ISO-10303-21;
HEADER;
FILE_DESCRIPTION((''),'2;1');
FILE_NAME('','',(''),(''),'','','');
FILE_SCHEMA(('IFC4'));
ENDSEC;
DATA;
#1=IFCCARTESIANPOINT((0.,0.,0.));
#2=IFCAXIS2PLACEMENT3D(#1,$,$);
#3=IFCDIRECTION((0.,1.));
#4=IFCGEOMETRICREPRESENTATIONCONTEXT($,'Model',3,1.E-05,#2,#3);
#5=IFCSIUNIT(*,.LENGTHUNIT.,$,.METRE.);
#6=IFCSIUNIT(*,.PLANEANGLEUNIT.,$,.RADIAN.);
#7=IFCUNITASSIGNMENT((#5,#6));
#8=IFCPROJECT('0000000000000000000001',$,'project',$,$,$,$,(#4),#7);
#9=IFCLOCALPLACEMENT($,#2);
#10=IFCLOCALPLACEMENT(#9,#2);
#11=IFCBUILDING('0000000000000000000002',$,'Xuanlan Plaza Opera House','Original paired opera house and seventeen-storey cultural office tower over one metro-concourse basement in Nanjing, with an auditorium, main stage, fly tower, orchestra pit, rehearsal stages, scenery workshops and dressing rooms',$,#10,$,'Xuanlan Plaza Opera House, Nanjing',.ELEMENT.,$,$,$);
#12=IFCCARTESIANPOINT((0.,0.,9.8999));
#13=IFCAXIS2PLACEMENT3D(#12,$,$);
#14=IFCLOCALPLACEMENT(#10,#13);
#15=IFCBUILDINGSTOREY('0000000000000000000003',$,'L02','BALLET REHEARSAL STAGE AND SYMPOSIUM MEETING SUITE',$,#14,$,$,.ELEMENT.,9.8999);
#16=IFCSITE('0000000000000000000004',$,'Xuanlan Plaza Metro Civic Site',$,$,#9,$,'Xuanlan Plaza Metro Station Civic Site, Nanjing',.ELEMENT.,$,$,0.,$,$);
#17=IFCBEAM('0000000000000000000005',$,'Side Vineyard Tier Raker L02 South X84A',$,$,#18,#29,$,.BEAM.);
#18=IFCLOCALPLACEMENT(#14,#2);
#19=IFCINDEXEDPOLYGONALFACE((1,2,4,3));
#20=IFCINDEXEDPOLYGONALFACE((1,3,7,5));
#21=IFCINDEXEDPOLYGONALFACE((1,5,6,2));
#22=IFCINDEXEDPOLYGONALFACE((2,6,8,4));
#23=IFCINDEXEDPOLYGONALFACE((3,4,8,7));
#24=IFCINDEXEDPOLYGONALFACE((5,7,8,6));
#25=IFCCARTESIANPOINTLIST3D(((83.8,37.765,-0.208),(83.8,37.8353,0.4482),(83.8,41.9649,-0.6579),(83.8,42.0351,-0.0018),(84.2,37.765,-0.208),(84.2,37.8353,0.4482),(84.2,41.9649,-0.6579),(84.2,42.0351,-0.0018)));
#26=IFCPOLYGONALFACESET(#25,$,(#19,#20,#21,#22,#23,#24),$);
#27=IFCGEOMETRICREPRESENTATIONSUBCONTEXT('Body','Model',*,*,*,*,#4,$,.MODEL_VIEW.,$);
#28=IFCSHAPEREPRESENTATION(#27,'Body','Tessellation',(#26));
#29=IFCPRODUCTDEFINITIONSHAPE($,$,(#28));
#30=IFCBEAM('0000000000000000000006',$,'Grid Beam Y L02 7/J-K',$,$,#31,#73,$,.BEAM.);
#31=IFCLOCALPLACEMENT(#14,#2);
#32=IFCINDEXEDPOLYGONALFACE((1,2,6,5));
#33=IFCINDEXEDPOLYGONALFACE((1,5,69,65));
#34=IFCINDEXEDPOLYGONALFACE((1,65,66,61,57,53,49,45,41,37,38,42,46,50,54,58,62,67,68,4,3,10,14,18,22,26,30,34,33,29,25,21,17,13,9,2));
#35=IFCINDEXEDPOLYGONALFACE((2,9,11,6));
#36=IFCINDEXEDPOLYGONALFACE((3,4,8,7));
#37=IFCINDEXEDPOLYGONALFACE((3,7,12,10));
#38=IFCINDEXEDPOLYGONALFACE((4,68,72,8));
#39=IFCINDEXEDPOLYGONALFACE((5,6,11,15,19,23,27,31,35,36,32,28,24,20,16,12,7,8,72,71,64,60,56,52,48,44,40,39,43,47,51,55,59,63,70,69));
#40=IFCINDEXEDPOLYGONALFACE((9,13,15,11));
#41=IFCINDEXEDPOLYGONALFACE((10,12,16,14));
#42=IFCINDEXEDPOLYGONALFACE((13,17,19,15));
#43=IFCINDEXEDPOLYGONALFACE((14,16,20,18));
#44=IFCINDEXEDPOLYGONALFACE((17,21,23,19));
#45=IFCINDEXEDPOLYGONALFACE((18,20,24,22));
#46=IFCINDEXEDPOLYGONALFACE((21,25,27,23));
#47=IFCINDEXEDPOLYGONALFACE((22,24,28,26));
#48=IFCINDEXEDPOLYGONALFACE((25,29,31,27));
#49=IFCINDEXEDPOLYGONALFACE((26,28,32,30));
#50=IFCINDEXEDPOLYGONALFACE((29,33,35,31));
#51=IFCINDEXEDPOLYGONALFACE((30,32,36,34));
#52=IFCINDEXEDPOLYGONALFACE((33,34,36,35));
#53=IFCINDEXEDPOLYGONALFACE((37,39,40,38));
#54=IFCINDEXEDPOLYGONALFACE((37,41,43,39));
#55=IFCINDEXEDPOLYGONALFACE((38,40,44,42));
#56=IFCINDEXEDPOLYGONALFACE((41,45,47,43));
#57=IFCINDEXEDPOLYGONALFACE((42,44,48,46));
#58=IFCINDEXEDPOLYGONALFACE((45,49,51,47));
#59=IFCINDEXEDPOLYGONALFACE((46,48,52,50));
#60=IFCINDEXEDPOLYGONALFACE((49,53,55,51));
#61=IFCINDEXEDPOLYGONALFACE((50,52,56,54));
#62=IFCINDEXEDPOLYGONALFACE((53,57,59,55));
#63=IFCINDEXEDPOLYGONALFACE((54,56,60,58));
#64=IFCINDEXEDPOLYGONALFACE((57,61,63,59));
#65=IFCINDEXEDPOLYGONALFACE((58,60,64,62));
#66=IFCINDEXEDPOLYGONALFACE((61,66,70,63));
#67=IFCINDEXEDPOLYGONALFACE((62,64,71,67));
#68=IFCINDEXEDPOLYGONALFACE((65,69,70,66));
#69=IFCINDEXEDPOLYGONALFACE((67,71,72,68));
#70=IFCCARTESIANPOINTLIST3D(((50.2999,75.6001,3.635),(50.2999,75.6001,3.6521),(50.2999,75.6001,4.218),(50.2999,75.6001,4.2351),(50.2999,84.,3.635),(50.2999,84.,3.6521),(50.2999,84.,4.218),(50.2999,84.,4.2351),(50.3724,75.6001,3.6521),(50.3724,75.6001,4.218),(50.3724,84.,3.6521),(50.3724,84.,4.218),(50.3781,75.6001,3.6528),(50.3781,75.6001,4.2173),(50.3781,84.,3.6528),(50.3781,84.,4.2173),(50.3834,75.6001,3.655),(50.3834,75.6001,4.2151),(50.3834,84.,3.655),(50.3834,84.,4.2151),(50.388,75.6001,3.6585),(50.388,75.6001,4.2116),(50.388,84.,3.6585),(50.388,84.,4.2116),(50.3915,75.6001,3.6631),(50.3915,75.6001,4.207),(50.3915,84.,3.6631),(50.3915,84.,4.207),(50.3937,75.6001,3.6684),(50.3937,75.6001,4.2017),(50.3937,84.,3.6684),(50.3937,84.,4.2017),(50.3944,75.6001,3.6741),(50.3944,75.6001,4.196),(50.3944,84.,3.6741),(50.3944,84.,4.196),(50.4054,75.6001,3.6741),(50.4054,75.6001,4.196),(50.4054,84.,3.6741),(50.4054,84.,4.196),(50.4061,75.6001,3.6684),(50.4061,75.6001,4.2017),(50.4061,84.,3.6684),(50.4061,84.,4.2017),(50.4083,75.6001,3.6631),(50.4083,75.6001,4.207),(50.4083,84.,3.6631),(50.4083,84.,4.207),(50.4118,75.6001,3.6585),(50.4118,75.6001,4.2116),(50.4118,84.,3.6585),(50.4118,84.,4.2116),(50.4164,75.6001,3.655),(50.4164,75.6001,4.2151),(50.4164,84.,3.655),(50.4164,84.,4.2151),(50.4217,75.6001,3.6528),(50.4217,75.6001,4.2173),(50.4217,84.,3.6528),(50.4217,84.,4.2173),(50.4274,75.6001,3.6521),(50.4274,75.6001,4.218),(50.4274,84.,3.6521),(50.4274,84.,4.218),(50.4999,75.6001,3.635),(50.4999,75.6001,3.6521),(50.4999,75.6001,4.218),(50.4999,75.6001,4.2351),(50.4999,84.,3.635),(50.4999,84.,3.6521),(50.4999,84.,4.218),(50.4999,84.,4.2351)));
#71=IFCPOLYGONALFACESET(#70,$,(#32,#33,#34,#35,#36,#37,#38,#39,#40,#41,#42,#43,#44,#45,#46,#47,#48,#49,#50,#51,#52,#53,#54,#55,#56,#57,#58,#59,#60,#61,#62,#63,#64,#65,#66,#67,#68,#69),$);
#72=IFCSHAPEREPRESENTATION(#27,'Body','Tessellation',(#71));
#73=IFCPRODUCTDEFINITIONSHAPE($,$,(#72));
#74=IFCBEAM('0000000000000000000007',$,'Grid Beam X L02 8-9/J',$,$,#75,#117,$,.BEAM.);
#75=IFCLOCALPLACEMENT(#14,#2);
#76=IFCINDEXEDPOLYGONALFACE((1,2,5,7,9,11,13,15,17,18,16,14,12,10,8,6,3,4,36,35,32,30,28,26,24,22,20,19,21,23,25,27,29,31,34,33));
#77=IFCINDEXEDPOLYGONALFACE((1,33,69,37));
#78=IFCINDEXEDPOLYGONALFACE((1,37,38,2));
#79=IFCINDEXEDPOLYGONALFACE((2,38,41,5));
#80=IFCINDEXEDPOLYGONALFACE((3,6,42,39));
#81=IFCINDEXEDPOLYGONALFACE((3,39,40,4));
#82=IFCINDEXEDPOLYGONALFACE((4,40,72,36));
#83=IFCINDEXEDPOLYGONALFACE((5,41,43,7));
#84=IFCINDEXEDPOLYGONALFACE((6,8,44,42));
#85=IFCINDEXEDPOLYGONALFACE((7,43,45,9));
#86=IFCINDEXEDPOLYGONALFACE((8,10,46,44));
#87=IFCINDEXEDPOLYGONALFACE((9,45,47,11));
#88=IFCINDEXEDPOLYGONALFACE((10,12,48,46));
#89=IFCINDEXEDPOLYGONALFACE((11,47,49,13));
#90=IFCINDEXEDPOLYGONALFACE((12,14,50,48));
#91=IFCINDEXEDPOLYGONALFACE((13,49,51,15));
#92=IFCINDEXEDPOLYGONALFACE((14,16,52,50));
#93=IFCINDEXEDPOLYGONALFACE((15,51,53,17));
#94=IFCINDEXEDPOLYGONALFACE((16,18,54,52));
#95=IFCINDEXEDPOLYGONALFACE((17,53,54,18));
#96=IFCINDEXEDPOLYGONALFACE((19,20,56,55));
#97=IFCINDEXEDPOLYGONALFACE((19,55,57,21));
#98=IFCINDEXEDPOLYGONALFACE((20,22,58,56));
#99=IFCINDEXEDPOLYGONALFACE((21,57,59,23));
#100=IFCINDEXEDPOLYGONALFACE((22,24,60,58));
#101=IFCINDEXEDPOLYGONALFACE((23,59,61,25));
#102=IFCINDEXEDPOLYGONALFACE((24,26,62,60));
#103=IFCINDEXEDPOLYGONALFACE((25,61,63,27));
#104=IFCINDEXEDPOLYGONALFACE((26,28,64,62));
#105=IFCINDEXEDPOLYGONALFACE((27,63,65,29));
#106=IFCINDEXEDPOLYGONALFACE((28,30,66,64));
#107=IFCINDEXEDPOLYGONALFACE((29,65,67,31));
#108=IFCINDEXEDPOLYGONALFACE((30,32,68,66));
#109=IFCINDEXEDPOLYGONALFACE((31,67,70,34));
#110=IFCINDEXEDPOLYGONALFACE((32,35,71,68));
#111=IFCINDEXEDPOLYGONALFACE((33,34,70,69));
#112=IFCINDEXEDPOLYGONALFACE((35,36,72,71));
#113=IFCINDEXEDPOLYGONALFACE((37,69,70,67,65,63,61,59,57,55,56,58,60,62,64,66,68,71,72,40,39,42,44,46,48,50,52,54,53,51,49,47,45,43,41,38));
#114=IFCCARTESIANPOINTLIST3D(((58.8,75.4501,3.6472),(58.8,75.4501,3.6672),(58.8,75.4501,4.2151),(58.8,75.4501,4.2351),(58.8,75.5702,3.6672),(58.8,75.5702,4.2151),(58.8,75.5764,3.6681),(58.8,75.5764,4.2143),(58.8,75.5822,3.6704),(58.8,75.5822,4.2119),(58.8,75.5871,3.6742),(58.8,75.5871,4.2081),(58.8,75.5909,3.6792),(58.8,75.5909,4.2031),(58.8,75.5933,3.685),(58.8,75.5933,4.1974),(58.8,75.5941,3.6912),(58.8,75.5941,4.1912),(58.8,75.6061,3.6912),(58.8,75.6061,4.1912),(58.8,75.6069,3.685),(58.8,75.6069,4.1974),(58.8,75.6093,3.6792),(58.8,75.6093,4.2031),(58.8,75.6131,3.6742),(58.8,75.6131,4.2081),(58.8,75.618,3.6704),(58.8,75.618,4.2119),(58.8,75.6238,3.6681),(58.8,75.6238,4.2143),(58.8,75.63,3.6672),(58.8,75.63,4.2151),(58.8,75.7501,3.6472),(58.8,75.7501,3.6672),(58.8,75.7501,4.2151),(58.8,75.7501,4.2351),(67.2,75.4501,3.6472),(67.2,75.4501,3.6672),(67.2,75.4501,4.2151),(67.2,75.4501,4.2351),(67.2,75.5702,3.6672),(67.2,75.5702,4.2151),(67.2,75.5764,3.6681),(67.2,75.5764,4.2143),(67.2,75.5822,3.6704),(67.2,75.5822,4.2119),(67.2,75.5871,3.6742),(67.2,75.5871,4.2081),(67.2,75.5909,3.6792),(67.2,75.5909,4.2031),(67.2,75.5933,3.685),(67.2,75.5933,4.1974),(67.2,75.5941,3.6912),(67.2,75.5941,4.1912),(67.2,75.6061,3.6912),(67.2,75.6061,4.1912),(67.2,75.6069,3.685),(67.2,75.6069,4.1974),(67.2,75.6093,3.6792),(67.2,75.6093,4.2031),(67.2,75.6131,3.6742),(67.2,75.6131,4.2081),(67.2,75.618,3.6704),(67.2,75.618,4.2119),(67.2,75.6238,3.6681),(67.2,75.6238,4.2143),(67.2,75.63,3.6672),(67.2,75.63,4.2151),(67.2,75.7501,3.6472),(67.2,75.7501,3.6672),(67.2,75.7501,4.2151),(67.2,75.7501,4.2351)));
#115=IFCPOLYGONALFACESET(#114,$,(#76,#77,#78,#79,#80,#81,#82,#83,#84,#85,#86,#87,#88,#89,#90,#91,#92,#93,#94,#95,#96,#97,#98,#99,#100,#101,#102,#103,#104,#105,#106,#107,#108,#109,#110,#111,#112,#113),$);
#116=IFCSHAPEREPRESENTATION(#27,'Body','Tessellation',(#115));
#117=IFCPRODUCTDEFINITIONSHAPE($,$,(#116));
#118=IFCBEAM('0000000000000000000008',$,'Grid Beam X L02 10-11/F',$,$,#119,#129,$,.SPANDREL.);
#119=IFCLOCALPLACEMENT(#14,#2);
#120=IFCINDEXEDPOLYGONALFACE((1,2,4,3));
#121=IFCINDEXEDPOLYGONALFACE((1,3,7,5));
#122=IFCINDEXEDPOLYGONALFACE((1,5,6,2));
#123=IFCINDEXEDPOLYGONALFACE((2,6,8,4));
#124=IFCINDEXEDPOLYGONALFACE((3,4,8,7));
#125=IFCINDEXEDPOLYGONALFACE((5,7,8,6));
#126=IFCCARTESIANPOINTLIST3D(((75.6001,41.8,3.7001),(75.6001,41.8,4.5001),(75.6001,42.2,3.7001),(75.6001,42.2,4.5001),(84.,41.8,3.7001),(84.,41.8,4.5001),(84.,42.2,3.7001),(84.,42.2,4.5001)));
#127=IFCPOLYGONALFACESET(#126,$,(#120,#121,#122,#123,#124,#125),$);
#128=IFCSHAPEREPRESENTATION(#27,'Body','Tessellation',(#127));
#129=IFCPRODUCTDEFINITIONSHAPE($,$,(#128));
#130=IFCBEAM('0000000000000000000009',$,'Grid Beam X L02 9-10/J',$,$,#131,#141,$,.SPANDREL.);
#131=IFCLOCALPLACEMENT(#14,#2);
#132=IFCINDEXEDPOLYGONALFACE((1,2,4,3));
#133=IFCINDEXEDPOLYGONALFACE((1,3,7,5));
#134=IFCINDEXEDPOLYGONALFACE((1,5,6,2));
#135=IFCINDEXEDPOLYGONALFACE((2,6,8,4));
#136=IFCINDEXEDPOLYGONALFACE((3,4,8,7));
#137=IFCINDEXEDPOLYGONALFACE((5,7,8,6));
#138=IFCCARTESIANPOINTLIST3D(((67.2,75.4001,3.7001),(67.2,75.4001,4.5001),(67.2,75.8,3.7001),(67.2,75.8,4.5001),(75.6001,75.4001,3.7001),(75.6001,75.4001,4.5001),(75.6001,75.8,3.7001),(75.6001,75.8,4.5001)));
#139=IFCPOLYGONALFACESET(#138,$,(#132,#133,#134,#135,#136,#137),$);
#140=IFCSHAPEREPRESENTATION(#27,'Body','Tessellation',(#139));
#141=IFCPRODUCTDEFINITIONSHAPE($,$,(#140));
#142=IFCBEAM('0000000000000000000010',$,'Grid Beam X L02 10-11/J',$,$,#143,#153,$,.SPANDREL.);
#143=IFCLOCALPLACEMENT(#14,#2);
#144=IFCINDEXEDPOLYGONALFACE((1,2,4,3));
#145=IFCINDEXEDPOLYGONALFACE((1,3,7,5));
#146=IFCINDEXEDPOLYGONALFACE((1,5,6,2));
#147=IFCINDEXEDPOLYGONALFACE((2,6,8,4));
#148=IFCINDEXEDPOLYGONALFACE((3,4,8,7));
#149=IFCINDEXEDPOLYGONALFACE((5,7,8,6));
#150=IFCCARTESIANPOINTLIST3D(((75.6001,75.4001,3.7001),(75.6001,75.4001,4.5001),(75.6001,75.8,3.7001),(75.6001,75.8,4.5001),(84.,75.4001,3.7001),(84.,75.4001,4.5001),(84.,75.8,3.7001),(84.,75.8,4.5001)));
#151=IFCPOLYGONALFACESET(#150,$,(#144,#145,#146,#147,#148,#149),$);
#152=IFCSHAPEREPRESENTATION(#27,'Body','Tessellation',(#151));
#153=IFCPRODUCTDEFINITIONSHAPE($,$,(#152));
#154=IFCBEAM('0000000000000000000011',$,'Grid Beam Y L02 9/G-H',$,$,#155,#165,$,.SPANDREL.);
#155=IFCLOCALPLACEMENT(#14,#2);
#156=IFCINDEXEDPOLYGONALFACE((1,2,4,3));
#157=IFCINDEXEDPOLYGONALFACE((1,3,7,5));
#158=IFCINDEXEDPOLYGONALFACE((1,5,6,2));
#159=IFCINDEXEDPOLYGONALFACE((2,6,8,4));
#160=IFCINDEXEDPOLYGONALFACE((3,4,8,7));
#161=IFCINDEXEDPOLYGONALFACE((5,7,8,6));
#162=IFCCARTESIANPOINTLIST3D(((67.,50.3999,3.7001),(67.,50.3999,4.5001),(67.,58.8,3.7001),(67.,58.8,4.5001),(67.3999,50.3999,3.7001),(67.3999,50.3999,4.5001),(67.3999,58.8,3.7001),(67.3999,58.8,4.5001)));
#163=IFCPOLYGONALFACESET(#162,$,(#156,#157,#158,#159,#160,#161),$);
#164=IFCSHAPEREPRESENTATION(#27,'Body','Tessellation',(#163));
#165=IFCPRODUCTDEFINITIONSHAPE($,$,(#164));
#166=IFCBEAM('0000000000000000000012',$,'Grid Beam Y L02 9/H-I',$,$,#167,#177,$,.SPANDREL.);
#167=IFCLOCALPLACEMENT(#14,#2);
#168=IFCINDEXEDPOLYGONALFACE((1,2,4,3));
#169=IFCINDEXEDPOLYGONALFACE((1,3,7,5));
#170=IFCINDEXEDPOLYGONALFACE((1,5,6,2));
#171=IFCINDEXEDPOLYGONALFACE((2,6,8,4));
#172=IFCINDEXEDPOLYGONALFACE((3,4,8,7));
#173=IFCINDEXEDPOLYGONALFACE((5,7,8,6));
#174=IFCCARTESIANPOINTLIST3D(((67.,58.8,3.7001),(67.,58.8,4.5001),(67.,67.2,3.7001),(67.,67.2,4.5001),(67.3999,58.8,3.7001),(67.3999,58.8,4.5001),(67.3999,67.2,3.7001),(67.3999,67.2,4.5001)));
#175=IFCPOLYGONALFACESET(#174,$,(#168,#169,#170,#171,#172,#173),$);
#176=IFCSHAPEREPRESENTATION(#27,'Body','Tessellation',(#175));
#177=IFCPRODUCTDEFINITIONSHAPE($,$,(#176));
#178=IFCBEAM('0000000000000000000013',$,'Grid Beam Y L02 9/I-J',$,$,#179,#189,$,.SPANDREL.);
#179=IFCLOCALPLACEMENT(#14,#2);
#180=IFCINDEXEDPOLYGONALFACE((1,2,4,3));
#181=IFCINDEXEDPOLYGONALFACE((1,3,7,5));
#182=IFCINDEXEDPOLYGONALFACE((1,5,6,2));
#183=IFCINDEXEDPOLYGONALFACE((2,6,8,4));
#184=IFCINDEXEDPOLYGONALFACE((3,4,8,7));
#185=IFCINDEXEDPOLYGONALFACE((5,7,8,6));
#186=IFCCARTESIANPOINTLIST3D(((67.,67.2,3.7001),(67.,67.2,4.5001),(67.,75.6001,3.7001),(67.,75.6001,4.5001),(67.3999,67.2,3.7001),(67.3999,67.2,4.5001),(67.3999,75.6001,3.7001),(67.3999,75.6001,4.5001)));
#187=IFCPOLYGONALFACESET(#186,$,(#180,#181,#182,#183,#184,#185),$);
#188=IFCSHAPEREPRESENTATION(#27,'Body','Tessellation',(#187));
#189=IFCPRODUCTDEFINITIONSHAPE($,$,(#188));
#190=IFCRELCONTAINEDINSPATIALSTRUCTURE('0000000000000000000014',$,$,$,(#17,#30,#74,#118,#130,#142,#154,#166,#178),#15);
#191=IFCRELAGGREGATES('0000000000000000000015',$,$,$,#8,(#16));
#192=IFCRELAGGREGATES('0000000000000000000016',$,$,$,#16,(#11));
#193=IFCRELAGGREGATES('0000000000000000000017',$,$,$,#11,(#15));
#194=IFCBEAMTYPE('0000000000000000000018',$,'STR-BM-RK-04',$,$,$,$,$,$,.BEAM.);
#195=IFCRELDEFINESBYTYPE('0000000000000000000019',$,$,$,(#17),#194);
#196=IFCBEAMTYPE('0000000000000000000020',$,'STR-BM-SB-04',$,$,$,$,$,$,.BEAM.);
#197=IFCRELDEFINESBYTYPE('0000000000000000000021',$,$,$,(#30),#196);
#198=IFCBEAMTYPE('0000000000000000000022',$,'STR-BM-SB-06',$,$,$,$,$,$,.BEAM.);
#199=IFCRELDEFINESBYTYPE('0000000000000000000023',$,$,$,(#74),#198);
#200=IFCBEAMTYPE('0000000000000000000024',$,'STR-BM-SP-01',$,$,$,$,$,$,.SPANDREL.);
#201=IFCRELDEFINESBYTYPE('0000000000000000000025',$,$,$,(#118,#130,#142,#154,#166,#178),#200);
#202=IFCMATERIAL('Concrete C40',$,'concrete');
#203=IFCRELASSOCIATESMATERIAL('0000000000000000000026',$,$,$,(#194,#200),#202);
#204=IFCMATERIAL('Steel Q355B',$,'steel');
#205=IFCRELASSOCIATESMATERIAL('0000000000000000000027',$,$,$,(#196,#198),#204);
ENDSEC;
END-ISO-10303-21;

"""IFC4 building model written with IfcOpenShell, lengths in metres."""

from ifc_helpers import new_model, si_unit, direction, frame, origin, origin_2d, place, context, subcontext, project, spatial, rectangle, i_section, extrude, material, material_profile, profile_set, type_object, element, save


model = new_model("IFC4")

# Units and contexts
model_context = context("Model", 3, precision=1e-05, world=origin(), true_north=direction((0.0, 1.0)))
body_context = subcontext(model_context, "Body", "Model", "MODEL_VIEW")
ifc_project = project(units=[si_unit("LENGTHUNIT", "METRE"), si_unit("PLANEANGLEUNIT", "RADIAN")], contexts=[model_context])

# Site, building, storey
site_placement = place(None, origin())
site = spatial("IfcSite", under=ifc_project, at=site_placement, Name="Xuanlan Plaza Metro Civic Site", LongName="Xuanlan Plaza Metro Station Civic Site, Nanjing", CompositionType="ELEMENT", RefElevation=0.0)
building_placement = place(site_placement, origin())
building = spatial("IfcBuilding", under=site, at=building_placement, Name="Xuanlan Plaza Opera House", Description="Original paired opera house and seventeen-storey cultural office tower over one metro-concourse basement in Nanjing, with an auditorium, main stage, fly tower, orchestra pit, rehearsal stages, scenery workshops and dressing rooms", LongName="Xuanlan Plaza Opera House, Nanjing", CompositionType="ELEMENT")
storey_placement = place(building_placement, frame((0.0, 0.0, 9.8999)))
storey = spatial("IfcBuildingStorey", under=building, at=storey_placement, Name="L02", Description="BALLET REHEARSAL STAGE AND SYMPOSIUM MEETING SUITE", CompositionType="ELEMENT", Elevation=9.8999)

# Shared definitions
ifc_material_1 = material(Name="Concrete C40", Category="concrete")

# Beams
ifc_material_profile_1 = material_profile(ifc_material_1, rectangle(XDim=0.3999, YDim=0.6599, at=origin_2d()), Name="RC-RKR 400x660")
ifc_profile_set_1 = profile_set([ifc_material_profile_1], Name="Concrete C40")
beam_type_1 = type_object("IfcBeamType", Name="STR-BM-RK-04", PredefinedType="BEAM", material=ifc_profile_set_1)
for number, where, z_axis, x_axis, name in (
    (1, (84.0, 42.0, -0.3298), (0.0, -0.99431, 0.106523), (1.0, 0.0, 0.0), "Side Vineyard Tier Raker L02 South X84A"),
):
    element("IfcBeam", number, at=place(storey_placement, frame(where, z_axis=z_axis, x_axis=x_axis)), inside=storey, type_object=beam_type_1, Name=name, PredefinedType="BEAM", context=body_context, shape_type="SweptSolid", body=[
        extrude(rectangle(XDim=0.3999, YDim=0.6599, at=origin_2d()), origin(), (0.0, 0.0, 1.0), 4.2239),
    ])
ifc_material_2 = material(Name="Steel Q355B", Category="steel")
ifc_material_profile_2 = material_profile(ifc_material_2, i_section(OverallWidth=0.2, OverallDepth=0.6001, WebThickness=0.011, FlangeThickness=0.0171, FilletRadius=0.022, at=origin_2d()), Name="HN 600x200x11x17")
ifc_profile_set_2 = profile_set([ifc_material_profile_2], Name="Steel Q355B")
beam_type_2 = type_object("IfcBeamType", Name="STR-BM-SB-04", PredefinedType="BEAM", material=ifc_profile_set_2)
beam_1_placement = place(storey_placement, frame((50.3999, 75.6001, 3.9351), z_axis=(0.0, 1.0, 0.0), x_axis=(-1.0, 0.0, 0.0)))
element("IfcBeam", 2, at=beam_1_placement, inside=storey, type_object=beam_type_2, Name="Grid Beam Y L02 7/J-K", PredefinedType="BEAM", context=body_context, shape_type="SweptSolid", body=[
    extrude(i_section(OverallWidth=0.2, OverallDepth=0.6001, WebThickness=0.011, FlangeThickness=0.0171, FilletRadius=0.022, at=origin_2d()), origin(), (0.0, 0.0, 1.0), 8.3999),
])
ifc_material_profile_3 = material_profile(ifc_material_2, i_section(OverallWidth=0.3, OverallDepth=0.5879, WebThickness=0.012, FlangeThickness=0.02, FilletRadius=0.0239, at=origin_2d()), Name="HM 588x300x12x20")
ifc_profile_set_3 = profile_set([ifc_material_profile_3], Name="Steel Q355B")
beam_type_3 = type_object("IfcBeamType", Name="STR-BM-SB-06", PredefinedType="BEAM", material=ifc_profile_set_3)
beam_2_placement = place(storey_placement, frame((58.8, 75.6001, 3.9412), z_axis=(1.0, 0.0, 0.0), x_axis=(0.0, 1.0, 0.0)))
element("IfcBeam", 3, at=beam_2_placement, inside=storey, type_object=beam_type_3, Name="Grid Beam X L02 8-9/J", PredefinedType="BEAM", context=body_context, shape_type="SweptSolid", body=[
    extrude(i_section(OverallWidth=0.3, OverallDepth=0.5879, WebThickness=0.012, FlangeThickness=0.02, FilletRadius=0.0239, at=origin_2d()), origin(), (0.0, 0.0, 1.0), 8.3999),
])
ifc_material_profile_4 = material_profile(ifc_material_1, rectangle(XDim=0.3999, YDim=0.8, at=origin_2d()), Name="RC-SPD 400x800")
ifc_profile_set_4 = profile_set([ifc_material_profile_4], Name="Concrete C40")
beam_type_4 = type_object("IfcBeamType", Name="STR-BM-SP-01", PredefinedType="SPANDREL", material=ifc_profile_set_4)
beam_3_placement = place(storey_placement, frame((75.6001, 42.0, 4.1001), z_axis=(1.0, 0.0, 0.0), x_axis=(0.0, 1.0, 0.0)))
element("IfcBeam", 4, at=beam_3_placement, inside=storey, type_object=beam_type_4, Name="Grid Beam X L02 10-11/F", PredefinedType="SPANDREL", context=body_context, shape_type="SweptSolid", body=[
    extrude(rectangle(XDim=0.3999, YDim=0.8, at=origin_2d()), origin(), (0.0, 0.0, 1.0), 8.3999),
])
beam_4_placement = place(storey_placement, frame((67.2, 75.6001, 4.1001), z_axis=(1.0, 0.0, 0.0), x_axis=(0.0, 1.0, 0.0)))
element("IfcBeam", 5, at=beam_4_placement, inside=storey, type_object=beam_type_4, Name="Grid Beam X L02 9-10/J", PredefinedType="SPANDREL", context=body_context, shape_type="SweptSolid", body=[
    extrude(rectangle(XDim=0.3999, YDim=0.8, at=origin_2d()), origin(), (0.0, 0.0, 1.0), 8.4001),
])
beam_5_placement = place(storey_placement, frame((75.6001, 75.6001, 4.1001), z_axis=(1.0, 0.0, 0.0), x_axis=(0.0, 1.0, 0.0)))
element("IfcBeam", 6, at=beam_5_placement, inside=storey, type_object=beam_type_4, Name="Grid Beam X L02 10-11/J", PredefinedType="SPANDREL", context=body_context, shape_type="SweptSolid", body=[
    extrude(rectangle(XDim=0.3999, YDim=0.8, at=origin_2d()), origin(), (0.0, 0.0, 1.0), 8.3999),
])
beam_6_placement = place(storey_placement, frame((67.2, 50.3999, 4.1001), z_axis=(0.0, 1.0, 0.0), x_axis=(-1.0, 0.0, 0.0)))
element("IfcBeam", 7, at=beam_6_placement, inside=storey, type_object=beam_type_4, Name="Grid Beam Y L02 9/G-H", PredefinedType="SPANDREL", context=body_context, shape_type="SweptSolid", body=[
    extrude(rectangle(XDim=0.3999, YDim=0.8, at=origin_2d()), origin(), (0.0, 0.0, 1.0), 8.4001),
])
beam_7_placement = place(storey_placement, frame((67.2, 58.8, 4.1001), z_axis=(0.0, 1.0, 0.0), x_axis=(-1.0, 0.0, 0.0)))
element("IfcBeam", 8, at=beam_7_placement, inside=storey, type_object=beam_type_4, Name="Grid Beam Y L02 9/H-I", PredefinedType="SPANDREL", context=body_context, shape_type="SweptSolid", body=[
    extrude(rectangle(XDim=0.3999, YDim=0.8, at=origin_2d()), origin(), (0.0, 0.0, 1.0), 8.3999),
])
beam_8_placement = place(storey_placement, frame((67.2, 67.2, 4.1001), z_axis=(0.0, 1.0, 0.0), x_axis=(-1.0, 0.0, 0.0)))
element("IfcBeam", 9, at=beam_8_placement, inside=storey, type_object=beam_type_4, Name="Grid Beam Y L02 9/I-J", PredefinedType="SPANDREL", context=body_context, shape_type="SweptSolid", body=[
    extrude(rectangle(XDim=0.3999, YDim=0.8, at=origin_2d()), origin(), (0.0, 0.0, 1.0), 8.4001),
])

save(model, "model.ifc")
